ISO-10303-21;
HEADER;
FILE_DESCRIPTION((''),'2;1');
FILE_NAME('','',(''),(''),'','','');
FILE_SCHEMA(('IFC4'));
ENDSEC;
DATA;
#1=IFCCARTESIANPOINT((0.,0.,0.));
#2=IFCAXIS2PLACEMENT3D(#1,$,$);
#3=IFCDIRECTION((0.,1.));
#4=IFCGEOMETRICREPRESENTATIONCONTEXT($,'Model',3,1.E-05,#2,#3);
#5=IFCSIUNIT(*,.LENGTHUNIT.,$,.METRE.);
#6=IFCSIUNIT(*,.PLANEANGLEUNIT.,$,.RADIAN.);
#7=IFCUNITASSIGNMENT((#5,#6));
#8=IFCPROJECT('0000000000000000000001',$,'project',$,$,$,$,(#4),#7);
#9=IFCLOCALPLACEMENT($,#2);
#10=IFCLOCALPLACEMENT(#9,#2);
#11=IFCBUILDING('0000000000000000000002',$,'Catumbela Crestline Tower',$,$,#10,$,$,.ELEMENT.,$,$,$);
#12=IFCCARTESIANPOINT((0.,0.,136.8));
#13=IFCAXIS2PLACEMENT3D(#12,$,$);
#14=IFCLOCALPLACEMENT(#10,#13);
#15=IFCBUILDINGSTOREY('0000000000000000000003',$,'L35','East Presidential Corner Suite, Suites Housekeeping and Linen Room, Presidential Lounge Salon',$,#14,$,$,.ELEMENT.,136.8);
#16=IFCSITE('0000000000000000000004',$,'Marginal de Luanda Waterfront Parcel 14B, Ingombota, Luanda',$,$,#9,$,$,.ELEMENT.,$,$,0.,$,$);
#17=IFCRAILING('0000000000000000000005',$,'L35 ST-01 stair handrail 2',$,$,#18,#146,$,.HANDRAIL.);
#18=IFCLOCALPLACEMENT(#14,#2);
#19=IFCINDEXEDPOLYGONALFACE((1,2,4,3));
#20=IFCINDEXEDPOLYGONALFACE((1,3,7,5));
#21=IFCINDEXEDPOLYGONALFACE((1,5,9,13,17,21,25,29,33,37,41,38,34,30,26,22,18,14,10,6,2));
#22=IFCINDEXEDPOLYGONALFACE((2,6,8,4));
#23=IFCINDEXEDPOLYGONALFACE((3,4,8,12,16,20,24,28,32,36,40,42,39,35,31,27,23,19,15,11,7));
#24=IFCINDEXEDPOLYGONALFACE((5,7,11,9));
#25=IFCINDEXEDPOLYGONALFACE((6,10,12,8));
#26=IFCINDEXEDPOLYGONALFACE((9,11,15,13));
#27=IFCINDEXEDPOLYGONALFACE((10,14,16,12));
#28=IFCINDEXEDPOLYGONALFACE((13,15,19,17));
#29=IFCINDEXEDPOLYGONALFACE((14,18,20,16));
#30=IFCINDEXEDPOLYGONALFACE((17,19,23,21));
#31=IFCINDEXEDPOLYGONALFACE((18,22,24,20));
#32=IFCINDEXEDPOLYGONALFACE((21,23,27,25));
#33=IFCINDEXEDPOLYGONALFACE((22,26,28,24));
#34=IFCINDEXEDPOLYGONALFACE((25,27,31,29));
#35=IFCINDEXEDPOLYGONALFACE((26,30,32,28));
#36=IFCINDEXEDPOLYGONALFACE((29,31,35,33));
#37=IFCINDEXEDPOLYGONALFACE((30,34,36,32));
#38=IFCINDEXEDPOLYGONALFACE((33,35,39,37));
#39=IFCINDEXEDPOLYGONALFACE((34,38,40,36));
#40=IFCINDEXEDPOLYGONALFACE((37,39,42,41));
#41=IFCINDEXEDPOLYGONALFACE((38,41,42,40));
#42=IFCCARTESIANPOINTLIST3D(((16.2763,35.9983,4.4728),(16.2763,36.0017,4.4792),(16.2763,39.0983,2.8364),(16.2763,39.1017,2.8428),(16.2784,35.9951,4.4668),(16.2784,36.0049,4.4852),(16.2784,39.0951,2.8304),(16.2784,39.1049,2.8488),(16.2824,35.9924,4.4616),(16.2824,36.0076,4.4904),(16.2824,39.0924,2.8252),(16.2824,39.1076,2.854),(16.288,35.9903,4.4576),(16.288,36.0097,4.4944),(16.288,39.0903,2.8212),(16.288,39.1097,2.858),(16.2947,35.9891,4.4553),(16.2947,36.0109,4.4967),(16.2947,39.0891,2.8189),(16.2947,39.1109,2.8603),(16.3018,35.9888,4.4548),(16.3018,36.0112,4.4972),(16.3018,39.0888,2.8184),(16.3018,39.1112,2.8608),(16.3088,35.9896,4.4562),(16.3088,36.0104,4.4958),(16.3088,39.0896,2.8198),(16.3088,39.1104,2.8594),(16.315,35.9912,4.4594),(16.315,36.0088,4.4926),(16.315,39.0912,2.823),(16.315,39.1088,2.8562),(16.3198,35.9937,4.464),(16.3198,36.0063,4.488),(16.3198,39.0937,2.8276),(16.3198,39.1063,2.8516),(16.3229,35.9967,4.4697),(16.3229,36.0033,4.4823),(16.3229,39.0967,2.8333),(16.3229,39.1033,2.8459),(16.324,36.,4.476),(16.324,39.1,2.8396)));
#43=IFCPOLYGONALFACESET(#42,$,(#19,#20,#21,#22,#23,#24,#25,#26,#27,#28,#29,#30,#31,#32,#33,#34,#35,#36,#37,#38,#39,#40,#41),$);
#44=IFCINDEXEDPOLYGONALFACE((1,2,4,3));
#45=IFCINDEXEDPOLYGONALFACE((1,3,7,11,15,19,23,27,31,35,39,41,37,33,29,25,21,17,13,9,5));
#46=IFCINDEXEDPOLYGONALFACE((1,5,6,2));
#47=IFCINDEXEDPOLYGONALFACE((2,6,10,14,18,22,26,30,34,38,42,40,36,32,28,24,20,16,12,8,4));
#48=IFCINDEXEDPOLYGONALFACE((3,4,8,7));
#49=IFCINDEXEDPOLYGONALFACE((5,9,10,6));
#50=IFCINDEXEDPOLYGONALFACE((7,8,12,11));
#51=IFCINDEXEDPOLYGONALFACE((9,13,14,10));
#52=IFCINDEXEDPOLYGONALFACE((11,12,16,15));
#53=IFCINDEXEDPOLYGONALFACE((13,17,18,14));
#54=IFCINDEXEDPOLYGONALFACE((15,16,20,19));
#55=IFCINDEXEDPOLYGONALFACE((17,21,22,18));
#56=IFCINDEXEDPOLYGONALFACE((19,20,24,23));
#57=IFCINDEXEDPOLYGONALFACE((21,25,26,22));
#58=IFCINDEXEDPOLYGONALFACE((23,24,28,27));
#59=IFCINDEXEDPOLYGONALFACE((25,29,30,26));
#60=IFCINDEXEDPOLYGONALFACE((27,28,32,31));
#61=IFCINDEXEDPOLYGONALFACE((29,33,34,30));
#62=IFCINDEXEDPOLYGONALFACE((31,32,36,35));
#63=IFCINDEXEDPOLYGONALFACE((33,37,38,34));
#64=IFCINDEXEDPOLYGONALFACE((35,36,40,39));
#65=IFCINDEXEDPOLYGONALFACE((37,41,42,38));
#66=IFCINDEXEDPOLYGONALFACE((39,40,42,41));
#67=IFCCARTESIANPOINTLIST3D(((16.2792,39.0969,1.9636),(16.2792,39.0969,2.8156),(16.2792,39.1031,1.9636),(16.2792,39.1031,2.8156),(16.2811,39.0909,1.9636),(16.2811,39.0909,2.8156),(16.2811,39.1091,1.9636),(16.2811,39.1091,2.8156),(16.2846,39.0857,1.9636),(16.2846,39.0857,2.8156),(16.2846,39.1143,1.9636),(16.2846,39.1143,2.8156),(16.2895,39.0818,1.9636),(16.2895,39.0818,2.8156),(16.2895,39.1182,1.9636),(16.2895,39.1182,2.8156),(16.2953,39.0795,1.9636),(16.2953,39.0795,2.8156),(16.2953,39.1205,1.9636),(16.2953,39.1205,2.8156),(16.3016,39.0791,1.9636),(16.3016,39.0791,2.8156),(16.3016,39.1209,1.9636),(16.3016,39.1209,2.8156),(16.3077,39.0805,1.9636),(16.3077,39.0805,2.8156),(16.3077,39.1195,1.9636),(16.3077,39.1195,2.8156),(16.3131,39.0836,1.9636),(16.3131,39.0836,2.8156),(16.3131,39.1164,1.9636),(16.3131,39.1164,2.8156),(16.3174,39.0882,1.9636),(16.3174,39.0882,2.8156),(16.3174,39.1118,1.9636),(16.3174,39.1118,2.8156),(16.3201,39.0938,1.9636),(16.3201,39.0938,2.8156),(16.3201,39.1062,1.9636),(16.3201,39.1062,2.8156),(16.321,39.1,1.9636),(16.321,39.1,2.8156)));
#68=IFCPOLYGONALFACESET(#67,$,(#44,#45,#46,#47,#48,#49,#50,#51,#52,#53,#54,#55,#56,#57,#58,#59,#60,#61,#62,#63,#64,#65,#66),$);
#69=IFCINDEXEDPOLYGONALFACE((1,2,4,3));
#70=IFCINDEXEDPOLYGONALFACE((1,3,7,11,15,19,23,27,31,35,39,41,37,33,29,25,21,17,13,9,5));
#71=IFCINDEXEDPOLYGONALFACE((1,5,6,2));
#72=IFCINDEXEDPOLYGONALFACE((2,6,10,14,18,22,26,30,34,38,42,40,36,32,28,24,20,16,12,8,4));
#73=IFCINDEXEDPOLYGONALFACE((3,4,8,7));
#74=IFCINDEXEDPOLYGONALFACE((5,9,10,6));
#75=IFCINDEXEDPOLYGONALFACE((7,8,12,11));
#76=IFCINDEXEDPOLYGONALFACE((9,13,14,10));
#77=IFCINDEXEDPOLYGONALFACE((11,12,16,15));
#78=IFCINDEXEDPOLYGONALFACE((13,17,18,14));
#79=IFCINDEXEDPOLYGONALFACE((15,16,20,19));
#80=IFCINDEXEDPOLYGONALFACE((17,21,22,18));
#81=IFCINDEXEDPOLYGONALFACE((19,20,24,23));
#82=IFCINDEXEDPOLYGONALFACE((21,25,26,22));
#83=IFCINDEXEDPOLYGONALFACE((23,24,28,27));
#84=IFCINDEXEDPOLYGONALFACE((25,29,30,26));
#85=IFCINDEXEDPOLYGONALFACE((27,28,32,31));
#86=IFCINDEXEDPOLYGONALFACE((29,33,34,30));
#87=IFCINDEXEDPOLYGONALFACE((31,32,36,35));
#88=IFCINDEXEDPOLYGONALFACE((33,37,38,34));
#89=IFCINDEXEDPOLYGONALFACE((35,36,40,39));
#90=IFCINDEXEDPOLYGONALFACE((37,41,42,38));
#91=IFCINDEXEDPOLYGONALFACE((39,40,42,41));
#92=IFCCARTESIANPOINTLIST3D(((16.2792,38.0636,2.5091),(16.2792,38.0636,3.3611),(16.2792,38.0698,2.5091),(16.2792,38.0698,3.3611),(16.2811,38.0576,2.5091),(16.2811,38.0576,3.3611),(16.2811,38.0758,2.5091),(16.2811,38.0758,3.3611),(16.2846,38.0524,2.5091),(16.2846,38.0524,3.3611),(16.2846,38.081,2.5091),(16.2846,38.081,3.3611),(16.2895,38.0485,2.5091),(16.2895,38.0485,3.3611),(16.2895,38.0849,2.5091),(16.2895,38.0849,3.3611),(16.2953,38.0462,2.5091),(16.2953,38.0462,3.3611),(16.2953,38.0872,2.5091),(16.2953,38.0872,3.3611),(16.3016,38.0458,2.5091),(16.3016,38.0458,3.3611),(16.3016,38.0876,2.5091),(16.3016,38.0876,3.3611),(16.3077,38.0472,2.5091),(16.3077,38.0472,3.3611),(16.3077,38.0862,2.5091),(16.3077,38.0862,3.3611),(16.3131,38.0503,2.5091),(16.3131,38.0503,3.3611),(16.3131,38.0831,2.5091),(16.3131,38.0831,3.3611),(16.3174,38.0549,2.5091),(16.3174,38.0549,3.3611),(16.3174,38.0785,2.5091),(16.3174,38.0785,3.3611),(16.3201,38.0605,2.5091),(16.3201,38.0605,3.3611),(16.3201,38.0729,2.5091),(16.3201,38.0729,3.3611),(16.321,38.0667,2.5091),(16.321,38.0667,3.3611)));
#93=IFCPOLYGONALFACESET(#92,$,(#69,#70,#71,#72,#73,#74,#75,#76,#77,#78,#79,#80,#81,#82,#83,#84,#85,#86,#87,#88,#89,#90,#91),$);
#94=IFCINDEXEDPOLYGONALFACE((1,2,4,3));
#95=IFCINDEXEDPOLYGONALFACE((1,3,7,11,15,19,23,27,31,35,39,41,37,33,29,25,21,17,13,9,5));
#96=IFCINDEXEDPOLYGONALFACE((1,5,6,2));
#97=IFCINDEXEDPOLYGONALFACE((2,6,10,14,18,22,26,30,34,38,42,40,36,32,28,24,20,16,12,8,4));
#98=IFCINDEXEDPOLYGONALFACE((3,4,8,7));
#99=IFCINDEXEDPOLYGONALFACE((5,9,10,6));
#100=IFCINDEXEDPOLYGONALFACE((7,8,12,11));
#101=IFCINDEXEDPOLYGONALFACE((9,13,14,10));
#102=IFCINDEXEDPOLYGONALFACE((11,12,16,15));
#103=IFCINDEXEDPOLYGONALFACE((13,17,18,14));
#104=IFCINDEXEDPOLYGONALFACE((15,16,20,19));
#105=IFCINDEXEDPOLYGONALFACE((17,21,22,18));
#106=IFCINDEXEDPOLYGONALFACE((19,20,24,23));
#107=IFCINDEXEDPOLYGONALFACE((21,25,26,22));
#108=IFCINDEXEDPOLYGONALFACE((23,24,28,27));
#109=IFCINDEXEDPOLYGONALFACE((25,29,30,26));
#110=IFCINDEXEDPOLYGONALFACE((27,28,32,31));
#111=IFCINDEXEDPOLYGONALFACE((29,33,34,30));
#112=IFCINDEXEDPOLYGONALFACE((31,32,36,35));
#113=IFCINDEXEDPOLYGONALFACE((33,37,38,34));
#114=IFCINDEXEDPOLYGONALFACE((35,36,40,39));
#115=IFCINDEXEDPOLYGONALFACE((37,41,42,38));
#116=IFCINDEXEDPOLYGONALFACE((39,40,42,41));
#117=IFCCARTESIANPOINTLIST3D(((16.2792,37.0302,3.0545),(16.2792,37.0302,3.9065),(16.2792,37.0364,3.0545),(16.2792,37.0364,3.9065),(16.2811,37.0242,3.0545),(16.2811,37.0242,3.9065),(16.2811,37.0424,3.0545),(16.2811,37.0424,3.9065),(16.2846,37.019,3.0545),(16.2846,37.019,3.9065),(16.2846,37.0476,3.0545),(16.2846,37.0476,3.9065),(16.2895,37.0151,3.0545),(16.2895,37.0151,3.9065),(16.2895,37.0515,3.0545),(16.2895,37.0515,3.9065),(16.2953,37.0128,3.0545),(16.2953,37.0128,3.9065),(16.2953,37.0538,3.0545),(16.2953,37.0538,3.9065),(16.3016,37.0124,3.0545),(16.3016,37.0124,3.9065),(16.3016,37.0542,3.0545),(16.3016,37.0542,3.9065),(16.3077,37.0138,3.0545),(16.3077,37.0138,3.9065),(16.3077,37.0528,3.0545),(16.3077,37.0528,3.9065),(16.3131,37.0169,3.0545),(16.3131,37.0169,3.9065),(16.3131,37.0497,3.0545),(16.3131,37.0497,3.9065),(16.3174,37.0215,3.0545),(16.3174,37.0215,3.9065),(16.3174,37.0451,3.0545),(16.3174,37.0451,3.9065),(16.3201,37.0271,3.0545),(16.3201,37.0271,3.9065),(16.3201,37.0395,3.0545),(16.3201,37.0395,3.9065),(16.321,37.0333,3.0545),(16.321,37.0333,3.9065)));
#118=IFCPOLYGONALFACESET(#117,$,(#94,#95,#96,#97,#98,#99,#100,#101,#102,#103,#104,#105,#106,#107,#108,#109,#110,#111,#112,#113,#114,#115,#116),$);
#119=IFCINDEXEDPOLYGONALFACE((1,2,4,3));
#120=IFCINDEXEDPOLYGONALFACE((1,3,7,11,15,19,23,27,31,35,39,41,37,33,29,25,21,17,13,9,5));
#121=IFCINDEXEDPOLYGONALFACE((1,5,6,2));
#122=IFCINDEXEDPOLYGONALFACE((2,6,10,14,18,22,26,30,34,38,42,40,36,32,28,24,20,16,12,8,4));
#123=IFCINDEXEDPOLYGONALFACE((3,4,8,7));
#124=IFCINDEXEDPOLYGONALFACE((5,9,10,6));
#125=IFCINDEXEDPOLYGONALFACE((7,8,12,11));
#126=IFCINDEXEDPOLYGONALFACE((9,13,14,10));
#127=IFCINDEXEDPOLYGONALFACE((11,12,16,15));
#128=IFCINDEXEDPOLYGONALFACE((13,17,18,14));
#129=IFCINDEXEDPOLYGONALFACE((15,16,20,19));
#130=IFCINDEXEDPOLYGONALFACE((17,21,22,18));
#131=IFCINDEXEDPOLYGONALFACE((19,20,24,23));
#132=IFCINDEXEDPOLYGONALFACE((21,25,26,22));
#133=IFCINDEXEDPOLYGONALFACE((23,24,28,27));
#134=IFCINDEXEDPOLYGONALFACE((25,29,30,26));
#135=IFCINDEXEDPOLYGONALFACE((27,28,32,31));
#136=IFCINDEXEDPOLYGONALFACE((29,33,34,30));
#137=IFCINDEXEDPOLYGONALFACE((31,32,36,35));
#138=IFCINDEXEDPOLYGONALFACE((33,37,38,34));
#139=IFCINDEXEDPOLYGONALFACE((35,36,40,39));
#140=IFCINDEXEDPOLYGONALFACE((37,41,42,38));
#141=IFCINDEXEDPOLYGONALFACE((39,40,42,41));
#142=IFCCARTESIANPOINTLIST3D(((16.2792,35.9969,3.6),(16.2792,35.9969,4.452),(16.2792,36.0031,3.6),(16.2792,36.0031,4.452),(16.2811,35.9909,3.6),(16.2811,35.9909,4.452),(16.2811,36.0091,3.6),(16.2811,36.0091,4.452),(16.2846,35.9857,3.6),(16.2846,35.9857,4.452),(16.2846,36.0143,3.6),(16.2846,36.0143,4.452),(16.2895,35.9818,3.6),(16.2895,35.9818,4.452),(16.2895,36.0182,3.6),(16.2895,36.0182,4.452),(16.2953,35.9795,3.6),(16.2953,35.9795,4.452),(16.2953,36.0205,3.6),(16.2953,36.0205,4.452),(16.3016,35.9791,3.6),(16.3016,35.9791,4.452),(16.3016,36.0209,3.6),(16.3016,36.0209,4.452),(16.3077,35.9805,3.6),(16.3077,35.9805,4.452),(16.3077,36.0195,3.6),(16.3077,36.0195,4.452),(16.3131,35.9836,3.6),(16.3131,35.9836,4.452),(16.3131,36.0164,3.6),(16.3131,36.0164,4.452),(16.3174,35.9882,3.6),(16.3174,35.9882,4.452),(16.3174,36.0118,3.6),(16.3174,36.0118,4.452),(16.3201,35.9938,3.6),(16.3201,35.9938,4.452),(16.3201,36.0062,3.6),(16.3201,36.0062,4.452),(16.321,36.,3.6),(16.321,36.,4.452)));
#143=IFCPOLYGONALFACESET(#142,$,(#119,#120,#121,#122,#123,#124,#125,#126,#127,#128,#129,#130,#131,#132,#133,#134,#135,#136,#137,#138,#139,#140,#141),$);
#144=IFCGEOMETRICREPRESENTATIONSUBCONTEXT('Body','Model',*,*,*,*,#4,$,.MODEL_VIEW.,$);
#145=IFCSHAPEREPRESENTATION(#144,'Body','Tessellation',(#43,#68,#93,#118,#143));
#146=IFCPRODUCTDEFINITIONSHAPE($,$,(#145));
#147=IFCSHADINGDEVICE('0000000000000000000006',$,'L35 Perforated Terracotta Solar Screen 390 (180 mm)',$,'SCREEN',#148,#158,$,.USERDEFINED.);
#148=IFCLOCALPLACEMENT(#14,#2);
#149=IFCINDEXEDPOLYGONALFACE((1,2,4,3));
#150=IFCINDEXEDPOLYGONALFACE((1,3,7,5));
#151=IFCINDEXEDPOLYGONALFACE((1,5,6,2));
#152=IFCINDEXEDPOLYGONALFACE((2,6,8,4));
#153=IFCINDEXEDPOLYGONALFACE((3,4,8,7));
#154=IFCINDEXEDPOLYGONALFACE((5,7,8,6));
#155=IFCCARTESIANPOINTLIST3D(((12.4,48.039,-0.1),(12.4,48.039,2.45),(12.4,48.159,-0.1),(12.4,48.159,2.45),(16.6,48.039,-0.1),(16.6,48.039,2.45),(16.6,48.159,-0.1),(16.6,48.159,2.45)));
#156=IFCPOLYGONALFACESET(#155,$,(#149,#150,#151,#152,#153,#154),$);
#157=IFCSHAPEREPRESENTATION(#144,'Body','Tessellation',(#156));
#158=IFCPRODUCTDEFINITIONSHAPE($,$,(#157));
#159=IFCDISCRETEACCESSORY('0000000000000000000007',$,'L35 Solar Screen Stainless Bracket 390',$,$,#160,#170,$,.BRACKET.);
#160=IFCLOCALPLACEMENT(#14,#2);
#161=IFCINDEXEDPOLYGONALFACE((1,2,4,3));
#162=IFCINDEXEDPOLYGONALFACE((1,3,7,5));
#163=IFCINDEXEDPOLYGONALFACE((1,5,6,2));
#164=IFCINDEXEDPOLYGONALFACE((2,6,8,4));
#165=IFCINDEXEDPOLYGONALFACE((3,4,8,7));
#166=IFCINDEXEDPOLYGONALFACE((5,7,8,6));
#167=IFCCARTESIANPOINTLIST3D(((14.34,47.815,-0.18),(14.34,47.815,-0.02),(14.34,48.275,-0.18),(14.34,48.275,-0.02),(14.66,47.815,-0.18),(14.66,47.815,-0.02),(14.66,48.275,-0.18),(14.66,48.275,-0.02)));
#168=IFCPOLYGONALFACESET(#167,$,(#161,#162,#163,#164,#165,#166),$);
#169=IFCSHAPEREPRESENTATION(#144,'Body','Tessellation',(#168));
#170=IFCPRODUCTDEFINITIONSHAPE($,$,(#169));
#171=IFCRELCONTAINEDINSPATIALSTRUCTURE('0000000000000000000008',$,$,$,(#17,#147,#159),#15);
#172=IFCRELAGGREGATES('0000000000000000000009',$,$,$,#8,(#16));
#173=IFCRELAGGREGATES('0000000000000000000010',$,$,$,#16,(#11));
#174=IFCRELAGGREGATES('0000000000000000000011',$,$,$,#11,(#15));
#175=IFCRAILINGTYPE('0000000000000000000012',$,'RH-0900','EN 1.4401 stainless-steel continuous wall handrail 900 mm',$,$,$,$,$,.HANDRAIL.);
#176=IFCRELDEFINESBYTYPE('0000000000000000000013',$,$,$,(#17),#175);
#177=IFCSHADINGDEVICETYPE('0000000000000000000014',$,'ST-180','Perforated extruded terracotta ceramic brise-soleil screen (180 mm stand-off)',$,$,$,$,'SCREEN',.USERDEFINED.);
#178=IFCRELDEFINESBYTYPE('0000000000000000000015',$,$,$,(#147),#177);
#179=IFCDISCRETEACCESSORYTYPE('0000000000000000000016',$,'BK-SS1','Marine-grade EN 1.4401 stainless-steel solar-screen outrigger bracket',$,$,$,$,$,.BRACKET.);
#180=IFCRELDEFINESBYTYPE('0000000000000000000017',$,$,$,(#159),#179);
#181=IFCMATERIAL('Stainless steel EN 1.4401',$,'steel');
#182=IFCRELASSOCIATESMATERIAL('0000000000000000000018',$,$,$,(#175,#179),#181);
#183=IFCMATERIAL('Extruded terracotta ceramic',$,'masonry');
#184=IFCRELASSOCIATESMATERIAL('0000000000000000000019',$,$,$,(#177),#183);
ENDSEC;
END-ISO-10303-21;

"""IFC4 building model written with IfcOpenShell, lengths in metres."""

from ifc_helpers import new_model, si_unit, direction, frame, origin, origin_2d, place, context, subcontext, project, spatial, rectangle, circle, extrude, material, type_object, element, save


model = new_model("IFC4")

# Units and contexts
model_context = context("Model", 3, precision=1e-05, world=origin(), true_north=direction((0.0, 1.0)))
body_context = subcontext(model_context, "Body", "Model", "MODEL_VIEW")
ifc_project = project(units=[si_unit("LENGTHUNIT", "METRE"), si_unit("PLANEANGLEUNIT", "RADIAN")], contexts=[model_context])

# Site, building, storey
site_placement = place(None, origin())
site = spatial("IfcSite", under=ifc_project, at=site_placement, Name="Marginal de Luanda Waterfront Parcel 14B, Ingombota, Luanda", CompositionType="ELEMENT", RefElevation=0.0)
building_placement = place(site_placement, origin())
building = spatial("IfcBuilding", under=site, at=building_placement, Name="Catumbela Crestline Tower", CompositionType="ELEMENT")
storey_placement = place(building_placement, frame((0.0, 0.0, 136.8)))
storey = spatial("IfcBuildingStorey", under=building, at=storey_placement, Name="L35", Description="East Presidential Corner Suite, Suites Housekeeping and Linen Room, Presidential Lounge Salon", CompositionType="ELEMENT", Elevation=136.8)

# Railing
ifc_material_1 = material(Name="Stainless steel EN 1.4401", Category="steel")
railing_type_1 = type_object("IfcRailingType", Name="RH-0900", Description="EN 1.4401 stainless-steel continuous wall handrail 900 mm", PredefinedType="HANDRAIL", material=ifc_material_1)
railing_1_placement = place(storey_placement, frame((16.3, 39.1, 1.9636)))
element("IfcRailing", 1, at=railing_1_placement, inside=storey, type_object=railing_type_1, Name="L35 ST-01 stair handrail 2", PredefinedType="HANDRAIL", context=body_context, shape_type="SweptSolid", body=[
    extrude(circle(Radius=0.024, at=origin_2d()), frame((0.0, 0.0, 0.876), z_axis=(0.0, -0.884351, 0.466823), x_axis=(1.0, 0.0, 0.0)), (0.0, 0.0, 1.0), 3.5054),
    extrude(circle(Radius=0.021, at=origin_2d()), origin(), (0.0, 0.0, 1.0), 0.852),
    extrude(circle(Radius=0.021, at=origin_2d()), frame((0.0, -1.0333, 0.5455)), (0.0, 0.0, 1.0), 0.852),
    extrude(circle(Radius=0.021, at=origin_2d()), frame((0.0, -2.0667, 1.0909)), (0.0, 0.0, 1.0), 0.852),
    extrude(circle(Radius=0.021, at=origin_2d()), frame((0.0, -3.1, 1.6364)), (0.0, 0.0, 1.0), 0.852),
])

# Shading device
ifc_material_2 = material(Name="Extruded terracotta ceramic", Category="masonry")
shading_device_type = type_object("IfcShadingDeviceType", Name="ST-180", Description="Perforated extruded terracotta ceramic brise-soleil screen (180 mm stand-off)", ElementType="SCREEN", PredefinedType="USERDEFINED", material=ifc_material_2)
shading_device_placement = place(storey_placement, frame((14.5, 48.099, -0.1), z_axis=(0.0, 0.0, 1.0), x_axis=(-1.0, 0.0, 0.0)))
element("IfcShadingDevice", 2, at=shading_device_placement, inside=storey, type_object=shading_device_type, Name="L35 Perforated Terracotta Solar Screen 390 (180 mm)", ObjectType="SCREEN", PredefinedType="USERDEFINED", context=body_context, shape_type="SweptSolid", body=[
    extrude(rectangle(XDim=4.2, YDim=0.12, at=origin_2d()), origin(), (0.0, 0.0, 1.0), 2.55),
])

# Discrete accessory
discrete_accessory_type = type_object("IfcDiscreteAccessoryType", Name="BK-SS1", Description="Marine-grade EN 1.4401 stainless-steel solar-screen outrigger bracket", PredefinedType="BRACKET", material=ifc_material_1)
discrete_accessory_placement = place(storey_placement, frame((14.5, 48.045, -0.18), z_axis=(0.0, 0.0, 1.0), x_axis=(-1.0, 0.0, 0.0)))
element("IfcDiscreteAccessory", 3, at=discrete_accessory_placement, inside=storey, type_object=discrete_accessory_type, Name="L35 Solar Screen Stainless Bracket 390", PredefinedType="BRACKET", context=body_context, shape_type="SweptSolid", body=[
    extrude(rectangle(XDim=0.32, YDim=0.46, at=origin_2d()), origin(), (0.0, 0.0, 1.0), 0.16),
])

save(model, "model.ifc")
